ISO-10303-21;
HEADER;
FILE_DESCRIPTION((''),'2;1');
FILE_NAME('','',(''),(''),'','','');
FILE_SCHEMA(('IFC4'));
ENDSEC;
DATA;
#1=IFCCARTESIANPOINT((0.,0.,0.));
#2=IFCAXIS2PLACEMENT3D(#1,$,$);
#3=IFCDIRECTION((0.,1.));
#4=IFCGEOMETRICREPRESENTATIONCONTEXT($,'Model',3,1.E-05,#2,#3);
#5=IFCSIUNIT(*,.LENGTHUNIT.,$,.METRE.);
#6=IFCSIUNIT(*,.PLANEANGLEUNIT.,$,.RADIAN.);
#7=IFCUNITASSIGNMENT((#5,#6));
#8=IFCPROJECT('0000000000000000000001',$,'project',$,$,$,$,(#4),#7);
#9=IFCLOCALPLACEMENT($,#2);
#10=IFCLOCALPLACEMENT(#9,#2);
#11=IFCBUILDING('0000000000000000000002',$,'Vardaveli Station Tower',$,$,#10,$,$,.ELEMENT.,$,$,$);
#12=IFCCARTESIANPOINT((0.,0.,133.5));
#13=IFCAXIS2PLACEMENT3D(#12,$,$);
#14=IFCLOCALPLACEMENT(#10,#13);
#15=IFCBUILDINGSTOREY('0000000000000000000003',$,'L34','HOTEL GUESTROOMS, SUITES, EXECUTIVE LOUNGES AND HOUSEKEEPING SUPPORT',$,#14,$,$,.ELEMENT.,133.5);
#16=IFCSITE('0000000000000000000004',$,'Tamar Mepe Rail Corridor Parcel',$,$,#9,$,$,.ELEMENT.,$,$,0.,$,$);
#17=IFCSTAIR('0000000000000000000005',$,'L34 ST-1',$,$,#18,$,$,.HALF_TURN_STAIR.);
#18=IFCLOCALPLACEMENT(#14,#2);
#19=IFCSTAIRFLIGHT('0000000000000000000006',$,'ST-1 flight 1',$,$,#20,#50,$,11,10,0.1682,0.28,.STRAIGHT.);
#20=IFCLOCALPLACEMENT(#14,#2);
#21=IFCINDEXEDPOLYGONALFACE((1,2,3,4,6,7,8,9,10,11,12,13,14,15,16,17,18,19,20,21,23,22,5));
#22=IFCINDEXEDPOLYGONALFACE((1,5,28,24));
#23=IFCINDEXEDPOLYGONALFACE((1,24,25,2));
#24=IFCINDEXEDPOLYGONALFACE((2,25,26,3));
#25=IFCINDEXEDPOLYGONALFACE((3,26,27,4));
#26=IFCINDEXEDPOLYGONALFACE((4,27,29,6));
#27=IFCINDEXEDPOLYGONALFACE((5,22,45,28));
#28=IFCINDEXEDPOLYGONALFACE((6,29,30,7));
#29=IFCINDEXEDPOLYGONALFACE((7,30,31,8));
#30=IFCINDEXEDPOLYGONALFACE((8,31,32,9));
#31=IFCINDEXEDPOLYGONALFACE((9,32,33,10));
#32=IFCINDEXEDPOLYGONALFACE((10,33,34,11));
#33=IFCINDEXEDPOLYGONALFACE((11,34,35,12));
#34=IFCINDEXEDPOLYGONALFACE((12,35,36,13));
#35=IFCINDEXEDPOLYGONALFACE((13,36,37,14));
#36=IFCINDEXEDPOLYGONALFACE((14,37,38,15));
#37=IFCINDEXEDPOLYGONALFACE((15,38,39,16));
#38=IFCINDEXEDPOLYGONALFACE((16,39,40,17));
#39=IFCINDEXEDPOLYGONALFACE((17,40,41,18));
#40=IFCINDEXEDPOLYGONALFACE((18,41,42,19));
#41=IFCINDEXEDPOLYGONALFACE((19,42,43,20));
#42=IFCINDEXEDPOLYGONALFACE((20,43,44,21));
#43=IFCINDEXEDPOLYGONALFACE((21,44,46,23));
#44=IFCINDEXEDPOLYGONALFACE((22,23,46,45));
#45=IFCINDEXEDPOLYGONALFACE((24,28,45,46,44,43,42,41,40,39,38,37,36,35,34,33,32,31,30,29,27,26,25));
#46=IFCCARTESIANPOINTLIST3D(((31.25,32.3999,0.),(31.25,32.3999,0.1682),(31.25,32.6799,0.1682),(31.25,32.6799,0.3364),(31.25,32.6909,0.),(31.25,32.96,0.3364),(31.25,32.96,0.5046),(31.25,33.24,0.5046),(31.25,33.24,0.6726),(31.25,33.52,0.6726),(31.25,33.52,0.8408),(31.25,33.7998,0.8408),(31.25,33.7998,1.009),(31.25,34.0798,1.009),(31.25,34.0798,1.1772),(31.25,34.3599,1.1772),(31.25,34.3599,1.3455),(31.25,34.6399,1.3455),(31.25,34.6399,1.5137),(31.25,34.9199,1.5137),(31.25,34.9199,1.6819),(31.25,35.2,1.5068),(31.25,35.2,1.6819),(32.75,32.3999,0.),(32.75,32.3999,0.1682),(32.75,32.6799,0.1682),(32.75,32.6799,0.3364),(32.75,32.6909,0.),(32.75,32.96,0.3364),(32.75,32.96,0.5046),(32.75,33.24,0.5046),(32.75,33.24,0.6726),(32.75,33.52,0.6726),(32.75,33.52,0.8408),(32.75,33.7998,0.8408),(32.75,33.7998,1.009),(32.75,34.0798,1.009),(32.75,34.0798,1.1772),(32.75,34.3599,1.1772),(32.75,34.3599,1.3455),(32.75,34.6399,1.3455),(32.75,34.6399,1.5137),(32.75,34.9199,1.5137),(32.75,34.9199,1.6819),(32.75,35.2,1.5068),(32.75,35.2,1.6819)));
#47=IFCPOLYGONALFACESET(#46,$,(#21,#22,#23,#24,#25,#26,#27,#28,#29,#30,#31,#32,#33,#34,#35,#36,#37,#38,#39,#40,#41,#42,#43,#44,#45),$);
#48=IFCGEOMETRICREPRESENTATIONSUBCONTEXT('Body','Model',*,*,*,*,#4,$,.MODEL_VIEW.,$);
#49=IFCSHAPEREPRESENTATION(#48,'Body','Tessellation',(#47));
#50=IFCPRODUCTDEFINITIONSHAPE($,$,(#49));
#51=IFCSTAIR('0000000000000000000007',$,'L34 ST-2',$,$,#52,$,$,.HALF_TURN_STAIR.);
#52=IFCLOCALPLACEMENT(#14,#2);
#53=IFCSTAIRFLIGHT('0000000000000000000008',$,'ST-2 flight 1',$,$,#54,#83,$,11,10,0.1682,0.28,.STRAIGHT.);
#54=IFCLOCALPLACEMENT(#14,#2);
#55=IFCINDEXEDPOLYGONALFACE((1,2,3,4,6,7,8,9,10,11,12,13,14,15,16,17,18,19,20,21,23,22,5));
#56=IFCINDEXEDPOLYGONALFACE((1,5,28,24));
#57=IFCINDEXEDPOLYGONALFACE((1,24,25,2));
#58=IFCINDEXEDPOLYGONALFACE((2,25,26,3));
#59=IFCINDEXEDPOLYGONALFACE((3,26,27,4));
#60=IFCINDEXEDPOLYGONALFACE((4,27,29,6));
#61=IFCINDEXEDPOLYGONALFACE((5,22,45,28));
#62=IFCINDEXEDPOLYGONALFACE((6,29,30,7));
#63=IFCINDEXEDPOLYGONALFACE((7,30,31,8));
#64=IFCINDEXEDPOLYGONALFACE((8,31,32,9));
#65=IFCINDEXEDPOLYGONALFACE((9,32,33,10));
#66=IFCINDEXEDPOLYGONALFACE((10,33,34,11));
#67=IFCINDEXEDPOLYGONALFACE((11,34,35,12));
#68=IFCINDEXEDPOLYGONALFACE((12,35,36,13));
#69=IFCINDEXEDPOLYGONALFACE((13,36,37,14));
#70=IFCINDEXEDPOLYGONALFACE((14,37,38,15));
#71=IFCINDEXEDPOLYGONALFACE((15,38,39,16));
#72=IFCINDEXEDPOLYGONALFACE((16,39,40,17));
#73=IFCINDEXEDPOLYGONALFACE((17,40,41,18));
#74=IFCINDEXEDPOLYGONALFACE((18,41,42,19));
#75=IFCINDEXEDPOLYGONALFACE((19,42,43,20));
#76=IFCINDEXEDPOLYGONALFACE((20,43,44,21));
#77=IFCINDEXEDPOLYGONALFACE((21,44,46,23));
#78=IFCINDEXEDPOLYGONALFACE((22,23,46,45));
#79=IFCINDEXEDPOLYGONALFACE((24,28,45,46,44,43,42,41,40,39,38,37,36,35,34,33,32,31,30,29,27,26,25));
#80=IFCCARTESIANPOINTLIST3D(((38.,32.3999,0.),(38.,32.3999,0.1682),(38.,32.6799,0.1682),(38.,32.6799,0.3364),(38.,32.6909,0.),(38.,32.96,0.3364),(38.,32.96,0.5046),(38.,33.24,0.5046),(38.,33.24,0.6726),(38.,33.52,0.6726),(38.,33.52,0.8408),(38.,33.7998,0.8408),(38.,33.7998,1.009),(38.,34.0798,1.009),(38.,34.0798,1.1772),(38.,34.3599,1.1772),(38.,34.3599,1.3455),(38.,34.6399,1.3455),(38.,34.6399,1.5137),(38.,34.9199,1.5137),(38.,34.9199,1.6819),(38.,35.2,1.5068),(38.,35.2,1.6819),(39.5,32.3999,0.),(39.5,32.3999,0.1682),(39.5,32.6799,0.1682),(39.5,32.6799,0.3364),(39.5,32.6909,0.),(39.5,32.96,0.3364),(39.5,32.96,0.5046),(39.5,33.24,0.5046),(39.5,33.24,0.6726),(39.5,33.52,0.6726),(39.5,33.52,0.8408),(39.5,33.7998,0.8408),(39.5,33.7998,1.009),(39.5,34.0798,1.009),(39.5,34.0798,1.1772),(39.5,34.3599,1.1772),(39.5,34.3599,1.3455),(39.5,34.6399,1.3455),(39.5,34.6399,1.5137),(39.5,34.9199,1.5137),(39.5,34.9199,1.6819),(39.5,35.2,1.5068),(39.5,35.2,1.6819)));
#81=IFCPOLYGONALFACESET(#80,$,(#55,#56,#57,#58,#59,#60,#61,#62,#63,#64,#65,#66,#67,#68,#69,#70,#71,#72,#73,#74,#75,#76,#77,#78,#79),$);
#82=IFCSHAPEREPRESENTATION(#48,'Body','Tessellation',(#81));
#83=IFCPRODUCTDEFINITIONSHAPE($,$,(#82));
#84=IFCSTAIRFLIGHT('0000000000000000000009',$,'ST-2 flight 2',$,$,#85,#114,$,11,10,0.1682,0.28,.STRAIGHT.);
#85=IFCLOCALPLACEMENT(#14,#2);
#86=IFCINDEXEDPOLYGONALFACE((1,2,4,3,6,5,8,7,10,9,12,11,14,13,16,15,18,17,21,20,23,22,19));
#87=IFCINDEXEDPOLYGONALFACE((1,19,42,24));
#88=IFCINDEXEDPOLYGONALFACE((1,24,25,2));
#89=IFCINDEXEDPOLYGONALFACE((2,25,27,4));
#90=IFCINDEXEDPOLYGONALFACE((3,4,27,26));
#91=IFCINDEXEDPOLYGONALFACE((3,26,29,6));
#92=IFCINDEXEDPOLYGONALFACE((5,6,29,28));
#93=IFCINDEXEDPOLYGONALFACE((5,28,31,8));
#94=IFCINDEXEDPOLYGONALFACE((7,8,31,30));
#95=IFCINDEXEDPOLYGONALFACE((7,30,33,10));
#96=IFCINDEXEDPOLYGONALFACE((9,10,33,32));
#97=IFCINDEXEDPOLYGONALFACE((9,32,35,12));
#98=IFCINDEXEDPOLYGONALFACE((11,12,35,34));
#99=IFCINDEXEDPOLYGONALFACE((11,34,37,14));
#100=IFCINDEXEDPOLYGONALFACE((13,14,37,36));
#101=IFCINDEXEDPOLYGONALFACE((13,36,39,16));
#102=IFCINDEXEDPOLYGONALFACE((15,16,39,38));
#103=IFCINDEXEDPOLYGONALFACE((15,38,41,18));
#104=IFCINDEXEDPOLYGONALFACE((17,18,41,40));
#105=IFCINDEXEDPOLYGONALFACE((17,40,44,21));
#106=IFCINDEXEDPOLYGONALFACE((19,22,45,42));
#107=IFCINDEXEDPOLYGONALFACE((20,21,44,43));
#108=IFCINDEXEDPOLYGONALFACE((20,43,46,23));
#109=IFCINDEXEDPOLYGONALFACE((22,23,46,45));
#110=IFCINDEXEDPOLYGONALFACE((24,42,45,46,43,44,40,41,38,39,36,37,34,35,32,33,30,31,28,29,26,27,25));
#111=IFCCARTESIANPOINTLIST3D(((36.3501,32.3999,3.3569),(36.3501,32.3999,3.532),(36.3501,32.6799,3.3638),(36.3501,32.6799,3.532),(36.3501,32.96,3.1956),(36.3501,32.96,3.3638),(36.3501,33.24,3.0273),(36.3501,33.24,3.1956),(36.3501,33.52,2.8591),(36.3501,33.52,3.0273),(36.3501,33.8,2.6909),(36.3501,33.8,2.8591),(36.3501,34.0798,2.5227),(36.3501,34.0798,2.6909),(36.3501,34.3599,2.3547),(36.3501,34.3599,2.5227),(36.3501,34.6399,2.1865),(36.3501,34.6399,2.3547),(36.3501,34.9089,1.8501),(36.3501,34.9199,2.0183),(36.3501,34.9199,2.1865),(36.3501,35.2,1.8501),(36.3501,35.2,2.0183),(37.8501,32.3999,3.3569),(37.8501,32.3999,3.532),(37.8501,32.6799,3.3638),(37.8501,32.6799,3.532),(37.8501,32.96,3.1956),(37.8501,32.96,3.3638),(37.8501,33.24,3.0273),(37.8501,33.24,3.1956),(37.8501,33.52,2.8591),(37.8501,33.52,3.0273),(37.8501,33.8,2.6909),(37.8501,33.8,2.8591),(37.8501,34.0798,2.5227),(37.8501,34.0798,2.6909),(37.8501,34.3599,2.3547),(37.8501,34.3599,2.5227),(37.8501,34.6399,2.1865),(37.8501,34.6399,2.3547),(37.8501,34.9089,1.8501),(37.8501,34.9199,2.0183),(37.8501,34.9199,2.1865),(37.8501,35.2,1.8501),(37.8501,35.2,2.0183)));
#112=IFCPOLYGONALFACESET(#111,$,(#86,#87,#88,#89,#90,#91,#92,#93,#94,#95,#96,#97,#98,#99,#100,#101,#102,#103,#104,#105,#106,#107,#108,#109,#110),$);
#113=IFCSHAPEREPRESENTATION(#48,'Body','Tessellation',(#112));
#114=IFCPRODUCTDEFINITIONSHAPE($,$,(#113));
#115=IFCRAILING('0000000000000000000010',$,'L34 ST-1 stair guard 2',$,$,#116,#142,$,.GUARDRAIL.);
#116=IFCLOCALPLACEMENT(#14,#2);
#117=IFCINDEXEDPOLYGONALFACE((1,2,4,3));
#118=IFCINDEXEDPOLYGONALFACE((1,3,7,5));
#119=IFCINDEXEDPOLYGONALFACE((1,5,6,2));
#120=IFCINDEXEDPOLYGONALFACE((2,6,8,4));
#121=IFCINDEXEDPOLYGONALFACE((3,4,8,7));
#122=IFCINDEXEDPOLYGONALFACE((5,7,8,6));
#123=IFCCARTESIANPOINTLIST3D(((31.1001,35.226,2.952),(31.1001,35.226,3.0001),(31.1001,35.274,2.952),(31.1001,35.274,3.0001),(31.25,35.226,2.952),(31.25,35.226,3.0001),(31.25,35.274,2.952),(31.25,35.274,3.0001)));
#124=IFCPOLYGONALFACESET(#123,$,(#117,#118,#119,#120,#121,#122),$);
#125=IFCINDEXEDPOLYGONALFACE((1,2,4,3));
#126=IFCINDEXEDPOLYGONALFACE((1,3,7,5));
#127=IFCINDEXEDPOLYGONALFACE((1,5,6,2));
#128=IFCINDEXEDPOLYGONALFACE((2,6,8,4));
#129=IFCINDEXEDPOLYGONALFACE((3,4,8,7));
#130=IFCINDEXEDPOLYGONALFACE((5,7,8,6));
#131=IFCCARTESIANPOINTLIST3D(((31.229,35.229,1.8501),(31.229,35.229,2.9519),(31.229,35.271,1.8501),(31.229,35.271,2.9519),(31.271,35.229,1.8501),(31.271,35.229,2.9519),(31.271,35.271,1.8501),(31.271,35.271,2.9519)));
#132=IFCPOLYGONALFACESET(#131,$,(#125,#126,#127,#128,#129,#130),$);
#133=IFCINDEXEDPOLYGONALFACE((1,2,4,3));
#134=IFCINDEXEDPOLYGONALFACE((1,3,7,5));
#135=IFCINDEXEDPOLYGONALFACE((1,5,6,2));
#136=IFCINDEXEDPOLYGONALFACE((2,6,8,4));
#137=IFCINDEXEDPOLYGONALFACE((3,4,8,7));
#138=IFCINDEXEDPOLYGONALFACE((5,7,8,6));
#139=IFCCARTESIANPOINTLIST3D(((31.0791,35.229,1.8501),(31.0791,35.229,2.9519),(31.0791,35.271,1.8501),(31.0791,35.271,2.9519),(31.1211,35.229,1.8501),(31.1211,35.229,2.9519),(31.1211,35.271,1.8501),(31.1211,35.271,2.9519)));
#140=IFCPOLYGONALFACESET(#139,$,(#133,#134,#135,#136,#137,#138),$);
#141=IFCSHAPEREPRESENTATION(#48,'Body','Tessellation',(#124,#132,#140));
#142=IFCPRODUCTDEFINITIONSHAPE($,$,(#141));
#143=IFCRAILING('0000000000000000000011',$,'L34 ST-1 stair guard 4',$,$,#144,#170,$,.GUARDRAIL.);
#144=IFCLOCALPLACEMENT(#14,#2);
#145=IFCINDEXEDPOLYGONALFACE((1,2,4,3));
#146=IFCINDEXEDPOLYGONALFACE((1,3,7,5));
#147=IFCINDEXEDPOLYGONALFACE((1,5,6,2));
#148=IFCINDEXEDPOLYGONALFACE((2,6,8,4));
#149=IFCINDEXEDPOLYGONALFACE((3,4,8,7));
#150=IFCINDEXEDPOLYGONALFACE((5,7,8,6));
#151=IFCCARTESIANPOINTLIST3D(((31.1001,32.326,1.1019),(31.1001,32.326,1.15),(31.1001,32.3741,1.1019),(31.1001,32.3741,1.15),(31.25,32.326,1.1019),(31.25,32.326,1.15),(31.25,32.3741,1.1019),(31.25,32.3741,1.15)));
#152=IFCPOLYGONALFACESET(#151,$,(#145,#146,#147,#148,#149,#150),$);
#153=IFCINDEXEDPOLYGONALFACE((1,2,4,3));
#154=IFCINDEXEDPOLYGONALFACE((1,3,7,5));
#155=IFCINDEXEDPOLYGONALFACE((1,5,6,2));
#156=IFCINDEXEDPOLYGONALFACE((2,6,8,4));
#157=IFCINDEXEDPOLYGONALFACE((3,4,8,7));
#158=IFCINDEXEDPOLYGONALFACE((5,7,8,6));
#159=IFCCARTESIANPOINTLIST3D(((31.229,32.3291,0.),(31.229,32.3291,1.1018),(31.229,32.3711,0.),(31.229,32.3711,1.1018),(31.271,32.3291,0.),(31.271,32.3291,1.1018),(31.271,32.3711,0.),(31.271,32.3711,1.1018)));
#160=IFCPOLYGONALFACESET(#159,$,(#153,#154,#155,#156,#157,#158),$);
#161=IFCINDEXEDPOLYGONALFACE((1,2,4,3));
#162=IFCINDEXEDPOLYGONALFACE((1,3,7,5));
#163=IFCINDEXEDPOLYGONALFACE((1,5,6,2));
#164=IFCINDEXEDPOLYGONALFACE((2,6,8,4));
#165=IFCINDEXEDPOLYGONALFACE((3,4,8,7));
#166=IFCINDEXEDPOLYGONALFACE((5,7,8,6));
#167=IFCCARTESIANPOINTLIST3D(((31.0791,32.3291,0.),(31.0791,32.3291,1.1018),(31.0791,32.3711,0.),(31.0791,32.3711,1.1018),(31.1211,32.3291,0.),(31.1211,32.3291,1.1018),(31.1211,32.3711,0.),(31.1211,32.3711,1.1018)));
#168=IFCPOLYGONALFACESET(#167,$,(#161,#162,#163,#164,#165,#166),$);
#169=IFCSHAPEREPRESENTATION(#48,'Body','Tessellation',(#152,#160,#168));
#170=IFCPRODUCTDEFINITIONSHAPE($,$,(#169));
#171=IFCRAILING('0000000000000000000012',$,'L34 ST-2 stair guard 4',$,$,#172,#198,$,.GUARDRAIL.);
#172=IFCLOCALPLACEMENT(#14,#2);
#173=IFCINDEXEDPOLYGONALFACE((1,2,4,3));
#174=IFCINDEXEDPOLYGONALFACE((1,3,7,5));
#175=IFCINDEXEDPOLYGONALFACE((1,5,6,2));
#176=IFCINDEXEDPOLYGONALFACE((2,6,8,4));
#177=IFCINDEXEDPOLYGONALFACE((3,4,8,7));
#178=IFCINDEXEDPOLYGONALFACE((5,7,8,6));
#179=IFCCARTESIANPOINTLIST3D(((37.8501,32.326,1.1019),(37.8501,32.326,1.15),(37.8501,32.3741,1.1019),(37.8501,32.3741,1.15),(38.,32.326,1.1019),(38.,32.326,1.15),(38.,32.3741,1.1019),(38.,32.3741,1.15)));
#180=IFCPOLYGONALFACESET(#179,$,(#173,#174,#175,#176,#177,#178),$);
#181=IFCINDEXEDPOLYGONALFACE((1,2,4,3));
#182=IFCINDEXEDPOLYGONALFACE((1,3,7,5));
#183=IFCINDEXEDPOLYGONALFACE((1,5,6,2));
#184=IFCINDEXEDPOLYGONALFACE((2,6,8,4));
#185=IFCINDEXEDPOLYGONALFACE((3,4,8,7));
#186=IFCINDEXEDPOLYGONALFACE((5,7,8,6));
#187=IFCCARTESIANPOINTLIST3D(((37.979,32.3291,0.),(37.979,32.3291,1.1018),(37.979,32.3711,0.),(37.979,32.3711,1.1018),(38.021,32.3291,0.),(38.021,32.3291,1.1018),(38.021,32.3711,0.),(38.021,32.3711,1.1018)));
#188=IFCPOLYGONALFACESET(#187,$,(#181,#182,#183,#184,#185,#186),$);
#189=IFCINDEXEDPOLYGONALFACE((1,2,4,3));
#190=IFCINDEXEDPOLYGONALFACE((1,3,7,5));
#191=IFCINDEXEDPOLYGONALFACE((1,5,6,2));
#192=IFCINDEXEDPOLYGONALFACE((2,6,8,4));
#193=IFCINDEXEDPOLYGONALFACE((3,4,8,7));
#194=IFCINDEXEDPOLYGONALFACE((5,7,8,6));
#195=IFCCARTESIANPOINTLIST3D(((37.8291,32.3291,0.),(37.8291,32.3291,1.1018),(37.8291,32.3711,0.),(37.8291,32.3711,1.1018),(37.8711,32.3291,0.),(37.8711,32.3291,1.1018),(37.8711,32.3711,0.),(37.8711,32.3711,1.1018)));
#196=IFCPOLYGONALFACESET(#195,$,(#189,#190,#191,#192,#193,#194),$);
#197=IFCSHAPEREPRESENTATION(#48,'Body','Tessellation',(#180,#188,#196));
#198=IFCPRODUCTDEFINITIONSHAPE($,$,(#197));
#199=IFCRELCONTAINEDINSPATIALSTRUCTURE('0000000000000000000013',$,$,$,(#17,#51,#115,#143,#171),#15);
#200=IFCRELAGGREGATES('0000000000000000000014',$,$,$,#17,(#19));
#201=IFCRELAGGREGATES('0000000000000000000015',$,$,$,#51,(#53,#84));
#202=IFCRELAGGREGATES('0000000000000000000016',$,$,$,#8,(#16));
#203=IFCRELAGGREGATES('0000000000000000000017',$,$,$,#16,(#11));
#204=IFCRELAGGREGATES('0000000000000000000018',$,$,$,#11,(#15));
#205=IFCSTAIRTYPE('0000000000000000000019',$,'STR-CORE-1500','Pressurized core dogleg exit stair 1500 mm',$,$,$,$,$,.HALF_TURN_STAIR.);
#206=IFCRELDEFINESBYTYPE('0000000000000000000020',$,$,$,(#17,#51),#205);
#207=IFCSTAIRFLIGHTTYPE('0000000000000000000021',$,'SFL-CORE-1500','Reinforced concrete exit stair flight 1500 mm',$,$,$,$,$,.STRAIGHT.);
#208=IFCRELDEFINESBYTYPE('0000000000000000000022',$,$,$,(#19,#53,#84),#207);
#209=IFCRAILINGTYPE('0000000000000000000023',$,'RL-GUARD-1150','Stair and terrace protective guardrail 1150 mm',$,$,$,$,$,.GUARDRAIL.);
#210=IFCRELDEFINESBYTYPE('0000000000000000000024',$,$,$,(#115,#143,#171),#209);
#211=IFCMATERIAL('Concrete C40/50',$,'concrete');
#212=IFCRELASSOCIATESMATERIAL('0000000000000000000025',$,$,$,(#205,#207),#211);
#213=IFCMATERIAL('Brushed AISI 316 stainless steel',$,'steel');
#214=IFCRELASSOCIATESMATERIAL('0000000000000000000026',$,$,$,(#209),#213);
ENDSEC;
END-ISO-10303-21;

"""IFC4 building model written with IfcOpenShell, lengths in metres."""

from ifc_helpers import new_model, si_unit, direction, frame, origin, origin_2d, place, context, subcontext, project, spatial, polyline, rectangle, outline, extrude, source, transform, mapped, material, type_object, element, aggregate, save


model = new_model("IFC4")

# Units and contexts
model_context = context("Model", 3, precision=1e-05, world=origin(), true_north=direction((0.0, 1.0)))
body_context = subcontext(model_context, "Body", "Model", "MODEL_VIEW")
ifc_project = project(units=[si_unit("LENGTHUNIT", "METRE"), si_unit("PLANEANGLEUNIT", "RADIAN")], contexts=[model_context])

# Site, building, storey
site_placement = place(None, origin())
site = spatial("IfcSite", under=ifc_project, at=site_placement, Name="Tamar Mepe Rail Corridor Parcel", CompositionType="ELEMENT", RefElevation=0.0)
building_placement = place(site_placement, origin())
building = spatial("IfcBuilding", under=site, at=building_placement, Name="Vardaveli Station Tower", CompositionType="ELEMENT")
storey_placement = place(building_placement, frame((0.0, 0.0, 133.5)))
storey = spatial("IfcBuildingStorey", under=building, at=storey_placement, Name="L34", Description="HOTEL GUESTROOMS, SUITES, EXECUTIVE LOUNGES AND HOUSEKEEPING SUPPORT", CompositionType="ELEMENT", Elevation=133.5)

# Shared definitions
ifc_material_1 = material(Name="Concrete C40/50", Category="concrete")

# Stair, stair flight
stair_type = type_object("IfcStairType", Name="STR-CORE-1500", Description="Pressurized core dogleg exit stair 1500 mm", PredefinedType="HALF_TURN_STAIR", material=ifc_material_1)
stair_1_placement = place(storey_placement, origin())
stair_1 = element("IfcStair", 1, at=stair_1_placement, inside=storey, type_object=stair_type, Name="L34 ST-1", PredefinedType="HALF_TURN_STAIR")
stair_flight_type = type_object("IfcStairFlightType", Name="SFL-CORE-1500", Description="Reinforced concrete exit stair flight 1500 mm", PredefinedType="STRAIGHT", material=ifc_material_1)
shared_shape_1 = source(origin(), body_context, "Body", "SweptSolid", [
    extrude(outline(polyline([(0.0, 0.0), (0.0, 0.1682), (0.28, 0.1682), (0.28, 0.3364), (0.5601, 0.3364), (0.5601, 0.5046), (0.8401, 0.5046), (0.8401, 0.6726), (1.1201, 0.6726), (1.1201, 0.8408), (1.3999, 0.8408), (1.3999, 1.009), (1.6799, 1.009), (1.6799, 1.1772), (1.96, 1.1772), (1.96, 1.3455), (2.24, 1.3455), (2.24, 1.5137), (2.52, 1.5137), (2.52, 1.6819), (2.8, 1.6819), (2.8, 1.8501), (2.8, 1.5068), (0.291, 0.0), (0.0, 0.0)])), frame((0.0, 0.75, 0.0), z_axis=(0.0, -1.0, 0.0), x_axis=(1.0, 0.0, 0.0)), (0.0, 0.0, 1.0), 1.5),
])
stair_flight_1_placement = place(storey_placement, frame((32.0, 32.3999, 0.0), z_axis=(0.0, 0.0, 1.0), x_axis=(0.0, 1.0, 0.0)))
stair_flight_1 = element("IfcStairFlight", 2, at=stair_flight_1_placement, type_object=stair_flight_type, Name="ST-1 flight 1", NumberOfRisers=11, NumberOfTreads=10, PredefinedType="STRAIGHT", RiserHeight=0.1682, TreadLength=0.28, context=body_context, shape_type="MappedRepresentation", body=[
    mapped(shared_shape_1, transform((0.0, 0.0, 0.0), scale=1.0)),
])
aggregate(stair_1, [stair_flight_1])

# Stair, stair flights
stair_2_placement = place(storey_placement, origin())
stair_2 = element("IfcStair", 3, at=stair_2_placement, inside=storey, type_object=stair_type, Name="L34 ST-2", PredefinedType="HALF_TURN_STAIR")
stair_flight_2_placement = place(storey_placement, frame((38.75, 32.3999, 0.0), z_axis=(0.0, 0.0, 1.0), x_axis=(0.0, 1.0, 0.0)))
stair_flight_2 = element("IfcStairFlight", 4, at=stair_flight_2_placement, type_object=stair_flight_type, Name="ST-2 flight 1", NumberOfRisers=11, NumberOfTreads=10, PredefinedType="STRAIGHT", RiserHeight=0.1682, TreadLength=0.28, context=body_context, shape_type="MappedRepresentation", body=[
    mapped(shared_shape_1, transform((0.0, 0.0, 0.0), scale=1.0)),
])
stair_flight_3_placement = place(storey_placement, frame((37.1001, 35.2, 1.8501), z_axis=(0.0, 0.0, 1.0), x_axis=(0.0, -1.0, 0.0)))
stair_flight_3 = element("IfcStairFlight", 5, at=stair_flight_3_placement, type_object=stair_flight_type, Name="ST-2 flight 2", NumberOfRisers=11, NumberOfTreads=10, PredefinedType="STRAIGHT", RiserHeight=0.1682, TreadLength=0.28, context=body_context, shape_type="MappedRepresentation", body=[
    mapped(shared_shape_1, transform((0.0, 0.0, 0.0), scale=1.0)),
])
aggregate(stair_2, [stair_flight_2, stair_flight_3])

# Railings
ifc_material_2 = material(Name="Brushed AISI 316 stainless steel", Category="steel")
railing_type_1 = type_object("IfcRailingType", Name="RL-GUARD-1150", Description="Stair and terrace protective guardrail 1150 mm", PredefinedType="GUARDRAIL", material=ifc_material_2)
shared_shape_2 = source(origin(), body_context, "Body", "SweptSolid", [
    extrude(rectangle(XDim=0.0481, YDim=0.0481, at=origin_2d()), frame((0.0, 0.0, 1.126), z_axis=(-1.0, 0.0, 0.0), x_axis=(0.0, -1.0, 0.0)), (0.0, 0.0, 1.0), 0.1499),
    extrude(rectangle(XDim=0.042, YDim=0.042, at=origin_2d()), origin(), (0.0, 0.0, 1.0), 1.1018),
    extrude(rectangle(XDim=0.042, YDim=0.042, at=origin_2d()), frame((-0.1499, 0.0, 0.0)), (0.0, 0.0, 1.0), 1.1018),
])
for number, where, name in (
    (6, (31.25, 35.25, 1.8501), "L34 ST-1 stair guard 2"),
    (7, (31.25, 32.3501, 0.0), "L34 ST-1 stair guard 4"),
    (8, (38.0, 32.3501, 0.0), "L34 ST-2 stair guard 4"),
):
    element("IfcRailing", number, at=place(storey_placement, frame(where)), inside=storey, type_object=railing_type_1, Name=name, PredefinedType="GUARDRAIL", context=body_context, shape_type="MappedRepresentation", body=[
        mapped(shared_shape_2, transform((0.0, 0.0, 0.0), scale=1.0)),
    ])

save(model, "model.ifc")
